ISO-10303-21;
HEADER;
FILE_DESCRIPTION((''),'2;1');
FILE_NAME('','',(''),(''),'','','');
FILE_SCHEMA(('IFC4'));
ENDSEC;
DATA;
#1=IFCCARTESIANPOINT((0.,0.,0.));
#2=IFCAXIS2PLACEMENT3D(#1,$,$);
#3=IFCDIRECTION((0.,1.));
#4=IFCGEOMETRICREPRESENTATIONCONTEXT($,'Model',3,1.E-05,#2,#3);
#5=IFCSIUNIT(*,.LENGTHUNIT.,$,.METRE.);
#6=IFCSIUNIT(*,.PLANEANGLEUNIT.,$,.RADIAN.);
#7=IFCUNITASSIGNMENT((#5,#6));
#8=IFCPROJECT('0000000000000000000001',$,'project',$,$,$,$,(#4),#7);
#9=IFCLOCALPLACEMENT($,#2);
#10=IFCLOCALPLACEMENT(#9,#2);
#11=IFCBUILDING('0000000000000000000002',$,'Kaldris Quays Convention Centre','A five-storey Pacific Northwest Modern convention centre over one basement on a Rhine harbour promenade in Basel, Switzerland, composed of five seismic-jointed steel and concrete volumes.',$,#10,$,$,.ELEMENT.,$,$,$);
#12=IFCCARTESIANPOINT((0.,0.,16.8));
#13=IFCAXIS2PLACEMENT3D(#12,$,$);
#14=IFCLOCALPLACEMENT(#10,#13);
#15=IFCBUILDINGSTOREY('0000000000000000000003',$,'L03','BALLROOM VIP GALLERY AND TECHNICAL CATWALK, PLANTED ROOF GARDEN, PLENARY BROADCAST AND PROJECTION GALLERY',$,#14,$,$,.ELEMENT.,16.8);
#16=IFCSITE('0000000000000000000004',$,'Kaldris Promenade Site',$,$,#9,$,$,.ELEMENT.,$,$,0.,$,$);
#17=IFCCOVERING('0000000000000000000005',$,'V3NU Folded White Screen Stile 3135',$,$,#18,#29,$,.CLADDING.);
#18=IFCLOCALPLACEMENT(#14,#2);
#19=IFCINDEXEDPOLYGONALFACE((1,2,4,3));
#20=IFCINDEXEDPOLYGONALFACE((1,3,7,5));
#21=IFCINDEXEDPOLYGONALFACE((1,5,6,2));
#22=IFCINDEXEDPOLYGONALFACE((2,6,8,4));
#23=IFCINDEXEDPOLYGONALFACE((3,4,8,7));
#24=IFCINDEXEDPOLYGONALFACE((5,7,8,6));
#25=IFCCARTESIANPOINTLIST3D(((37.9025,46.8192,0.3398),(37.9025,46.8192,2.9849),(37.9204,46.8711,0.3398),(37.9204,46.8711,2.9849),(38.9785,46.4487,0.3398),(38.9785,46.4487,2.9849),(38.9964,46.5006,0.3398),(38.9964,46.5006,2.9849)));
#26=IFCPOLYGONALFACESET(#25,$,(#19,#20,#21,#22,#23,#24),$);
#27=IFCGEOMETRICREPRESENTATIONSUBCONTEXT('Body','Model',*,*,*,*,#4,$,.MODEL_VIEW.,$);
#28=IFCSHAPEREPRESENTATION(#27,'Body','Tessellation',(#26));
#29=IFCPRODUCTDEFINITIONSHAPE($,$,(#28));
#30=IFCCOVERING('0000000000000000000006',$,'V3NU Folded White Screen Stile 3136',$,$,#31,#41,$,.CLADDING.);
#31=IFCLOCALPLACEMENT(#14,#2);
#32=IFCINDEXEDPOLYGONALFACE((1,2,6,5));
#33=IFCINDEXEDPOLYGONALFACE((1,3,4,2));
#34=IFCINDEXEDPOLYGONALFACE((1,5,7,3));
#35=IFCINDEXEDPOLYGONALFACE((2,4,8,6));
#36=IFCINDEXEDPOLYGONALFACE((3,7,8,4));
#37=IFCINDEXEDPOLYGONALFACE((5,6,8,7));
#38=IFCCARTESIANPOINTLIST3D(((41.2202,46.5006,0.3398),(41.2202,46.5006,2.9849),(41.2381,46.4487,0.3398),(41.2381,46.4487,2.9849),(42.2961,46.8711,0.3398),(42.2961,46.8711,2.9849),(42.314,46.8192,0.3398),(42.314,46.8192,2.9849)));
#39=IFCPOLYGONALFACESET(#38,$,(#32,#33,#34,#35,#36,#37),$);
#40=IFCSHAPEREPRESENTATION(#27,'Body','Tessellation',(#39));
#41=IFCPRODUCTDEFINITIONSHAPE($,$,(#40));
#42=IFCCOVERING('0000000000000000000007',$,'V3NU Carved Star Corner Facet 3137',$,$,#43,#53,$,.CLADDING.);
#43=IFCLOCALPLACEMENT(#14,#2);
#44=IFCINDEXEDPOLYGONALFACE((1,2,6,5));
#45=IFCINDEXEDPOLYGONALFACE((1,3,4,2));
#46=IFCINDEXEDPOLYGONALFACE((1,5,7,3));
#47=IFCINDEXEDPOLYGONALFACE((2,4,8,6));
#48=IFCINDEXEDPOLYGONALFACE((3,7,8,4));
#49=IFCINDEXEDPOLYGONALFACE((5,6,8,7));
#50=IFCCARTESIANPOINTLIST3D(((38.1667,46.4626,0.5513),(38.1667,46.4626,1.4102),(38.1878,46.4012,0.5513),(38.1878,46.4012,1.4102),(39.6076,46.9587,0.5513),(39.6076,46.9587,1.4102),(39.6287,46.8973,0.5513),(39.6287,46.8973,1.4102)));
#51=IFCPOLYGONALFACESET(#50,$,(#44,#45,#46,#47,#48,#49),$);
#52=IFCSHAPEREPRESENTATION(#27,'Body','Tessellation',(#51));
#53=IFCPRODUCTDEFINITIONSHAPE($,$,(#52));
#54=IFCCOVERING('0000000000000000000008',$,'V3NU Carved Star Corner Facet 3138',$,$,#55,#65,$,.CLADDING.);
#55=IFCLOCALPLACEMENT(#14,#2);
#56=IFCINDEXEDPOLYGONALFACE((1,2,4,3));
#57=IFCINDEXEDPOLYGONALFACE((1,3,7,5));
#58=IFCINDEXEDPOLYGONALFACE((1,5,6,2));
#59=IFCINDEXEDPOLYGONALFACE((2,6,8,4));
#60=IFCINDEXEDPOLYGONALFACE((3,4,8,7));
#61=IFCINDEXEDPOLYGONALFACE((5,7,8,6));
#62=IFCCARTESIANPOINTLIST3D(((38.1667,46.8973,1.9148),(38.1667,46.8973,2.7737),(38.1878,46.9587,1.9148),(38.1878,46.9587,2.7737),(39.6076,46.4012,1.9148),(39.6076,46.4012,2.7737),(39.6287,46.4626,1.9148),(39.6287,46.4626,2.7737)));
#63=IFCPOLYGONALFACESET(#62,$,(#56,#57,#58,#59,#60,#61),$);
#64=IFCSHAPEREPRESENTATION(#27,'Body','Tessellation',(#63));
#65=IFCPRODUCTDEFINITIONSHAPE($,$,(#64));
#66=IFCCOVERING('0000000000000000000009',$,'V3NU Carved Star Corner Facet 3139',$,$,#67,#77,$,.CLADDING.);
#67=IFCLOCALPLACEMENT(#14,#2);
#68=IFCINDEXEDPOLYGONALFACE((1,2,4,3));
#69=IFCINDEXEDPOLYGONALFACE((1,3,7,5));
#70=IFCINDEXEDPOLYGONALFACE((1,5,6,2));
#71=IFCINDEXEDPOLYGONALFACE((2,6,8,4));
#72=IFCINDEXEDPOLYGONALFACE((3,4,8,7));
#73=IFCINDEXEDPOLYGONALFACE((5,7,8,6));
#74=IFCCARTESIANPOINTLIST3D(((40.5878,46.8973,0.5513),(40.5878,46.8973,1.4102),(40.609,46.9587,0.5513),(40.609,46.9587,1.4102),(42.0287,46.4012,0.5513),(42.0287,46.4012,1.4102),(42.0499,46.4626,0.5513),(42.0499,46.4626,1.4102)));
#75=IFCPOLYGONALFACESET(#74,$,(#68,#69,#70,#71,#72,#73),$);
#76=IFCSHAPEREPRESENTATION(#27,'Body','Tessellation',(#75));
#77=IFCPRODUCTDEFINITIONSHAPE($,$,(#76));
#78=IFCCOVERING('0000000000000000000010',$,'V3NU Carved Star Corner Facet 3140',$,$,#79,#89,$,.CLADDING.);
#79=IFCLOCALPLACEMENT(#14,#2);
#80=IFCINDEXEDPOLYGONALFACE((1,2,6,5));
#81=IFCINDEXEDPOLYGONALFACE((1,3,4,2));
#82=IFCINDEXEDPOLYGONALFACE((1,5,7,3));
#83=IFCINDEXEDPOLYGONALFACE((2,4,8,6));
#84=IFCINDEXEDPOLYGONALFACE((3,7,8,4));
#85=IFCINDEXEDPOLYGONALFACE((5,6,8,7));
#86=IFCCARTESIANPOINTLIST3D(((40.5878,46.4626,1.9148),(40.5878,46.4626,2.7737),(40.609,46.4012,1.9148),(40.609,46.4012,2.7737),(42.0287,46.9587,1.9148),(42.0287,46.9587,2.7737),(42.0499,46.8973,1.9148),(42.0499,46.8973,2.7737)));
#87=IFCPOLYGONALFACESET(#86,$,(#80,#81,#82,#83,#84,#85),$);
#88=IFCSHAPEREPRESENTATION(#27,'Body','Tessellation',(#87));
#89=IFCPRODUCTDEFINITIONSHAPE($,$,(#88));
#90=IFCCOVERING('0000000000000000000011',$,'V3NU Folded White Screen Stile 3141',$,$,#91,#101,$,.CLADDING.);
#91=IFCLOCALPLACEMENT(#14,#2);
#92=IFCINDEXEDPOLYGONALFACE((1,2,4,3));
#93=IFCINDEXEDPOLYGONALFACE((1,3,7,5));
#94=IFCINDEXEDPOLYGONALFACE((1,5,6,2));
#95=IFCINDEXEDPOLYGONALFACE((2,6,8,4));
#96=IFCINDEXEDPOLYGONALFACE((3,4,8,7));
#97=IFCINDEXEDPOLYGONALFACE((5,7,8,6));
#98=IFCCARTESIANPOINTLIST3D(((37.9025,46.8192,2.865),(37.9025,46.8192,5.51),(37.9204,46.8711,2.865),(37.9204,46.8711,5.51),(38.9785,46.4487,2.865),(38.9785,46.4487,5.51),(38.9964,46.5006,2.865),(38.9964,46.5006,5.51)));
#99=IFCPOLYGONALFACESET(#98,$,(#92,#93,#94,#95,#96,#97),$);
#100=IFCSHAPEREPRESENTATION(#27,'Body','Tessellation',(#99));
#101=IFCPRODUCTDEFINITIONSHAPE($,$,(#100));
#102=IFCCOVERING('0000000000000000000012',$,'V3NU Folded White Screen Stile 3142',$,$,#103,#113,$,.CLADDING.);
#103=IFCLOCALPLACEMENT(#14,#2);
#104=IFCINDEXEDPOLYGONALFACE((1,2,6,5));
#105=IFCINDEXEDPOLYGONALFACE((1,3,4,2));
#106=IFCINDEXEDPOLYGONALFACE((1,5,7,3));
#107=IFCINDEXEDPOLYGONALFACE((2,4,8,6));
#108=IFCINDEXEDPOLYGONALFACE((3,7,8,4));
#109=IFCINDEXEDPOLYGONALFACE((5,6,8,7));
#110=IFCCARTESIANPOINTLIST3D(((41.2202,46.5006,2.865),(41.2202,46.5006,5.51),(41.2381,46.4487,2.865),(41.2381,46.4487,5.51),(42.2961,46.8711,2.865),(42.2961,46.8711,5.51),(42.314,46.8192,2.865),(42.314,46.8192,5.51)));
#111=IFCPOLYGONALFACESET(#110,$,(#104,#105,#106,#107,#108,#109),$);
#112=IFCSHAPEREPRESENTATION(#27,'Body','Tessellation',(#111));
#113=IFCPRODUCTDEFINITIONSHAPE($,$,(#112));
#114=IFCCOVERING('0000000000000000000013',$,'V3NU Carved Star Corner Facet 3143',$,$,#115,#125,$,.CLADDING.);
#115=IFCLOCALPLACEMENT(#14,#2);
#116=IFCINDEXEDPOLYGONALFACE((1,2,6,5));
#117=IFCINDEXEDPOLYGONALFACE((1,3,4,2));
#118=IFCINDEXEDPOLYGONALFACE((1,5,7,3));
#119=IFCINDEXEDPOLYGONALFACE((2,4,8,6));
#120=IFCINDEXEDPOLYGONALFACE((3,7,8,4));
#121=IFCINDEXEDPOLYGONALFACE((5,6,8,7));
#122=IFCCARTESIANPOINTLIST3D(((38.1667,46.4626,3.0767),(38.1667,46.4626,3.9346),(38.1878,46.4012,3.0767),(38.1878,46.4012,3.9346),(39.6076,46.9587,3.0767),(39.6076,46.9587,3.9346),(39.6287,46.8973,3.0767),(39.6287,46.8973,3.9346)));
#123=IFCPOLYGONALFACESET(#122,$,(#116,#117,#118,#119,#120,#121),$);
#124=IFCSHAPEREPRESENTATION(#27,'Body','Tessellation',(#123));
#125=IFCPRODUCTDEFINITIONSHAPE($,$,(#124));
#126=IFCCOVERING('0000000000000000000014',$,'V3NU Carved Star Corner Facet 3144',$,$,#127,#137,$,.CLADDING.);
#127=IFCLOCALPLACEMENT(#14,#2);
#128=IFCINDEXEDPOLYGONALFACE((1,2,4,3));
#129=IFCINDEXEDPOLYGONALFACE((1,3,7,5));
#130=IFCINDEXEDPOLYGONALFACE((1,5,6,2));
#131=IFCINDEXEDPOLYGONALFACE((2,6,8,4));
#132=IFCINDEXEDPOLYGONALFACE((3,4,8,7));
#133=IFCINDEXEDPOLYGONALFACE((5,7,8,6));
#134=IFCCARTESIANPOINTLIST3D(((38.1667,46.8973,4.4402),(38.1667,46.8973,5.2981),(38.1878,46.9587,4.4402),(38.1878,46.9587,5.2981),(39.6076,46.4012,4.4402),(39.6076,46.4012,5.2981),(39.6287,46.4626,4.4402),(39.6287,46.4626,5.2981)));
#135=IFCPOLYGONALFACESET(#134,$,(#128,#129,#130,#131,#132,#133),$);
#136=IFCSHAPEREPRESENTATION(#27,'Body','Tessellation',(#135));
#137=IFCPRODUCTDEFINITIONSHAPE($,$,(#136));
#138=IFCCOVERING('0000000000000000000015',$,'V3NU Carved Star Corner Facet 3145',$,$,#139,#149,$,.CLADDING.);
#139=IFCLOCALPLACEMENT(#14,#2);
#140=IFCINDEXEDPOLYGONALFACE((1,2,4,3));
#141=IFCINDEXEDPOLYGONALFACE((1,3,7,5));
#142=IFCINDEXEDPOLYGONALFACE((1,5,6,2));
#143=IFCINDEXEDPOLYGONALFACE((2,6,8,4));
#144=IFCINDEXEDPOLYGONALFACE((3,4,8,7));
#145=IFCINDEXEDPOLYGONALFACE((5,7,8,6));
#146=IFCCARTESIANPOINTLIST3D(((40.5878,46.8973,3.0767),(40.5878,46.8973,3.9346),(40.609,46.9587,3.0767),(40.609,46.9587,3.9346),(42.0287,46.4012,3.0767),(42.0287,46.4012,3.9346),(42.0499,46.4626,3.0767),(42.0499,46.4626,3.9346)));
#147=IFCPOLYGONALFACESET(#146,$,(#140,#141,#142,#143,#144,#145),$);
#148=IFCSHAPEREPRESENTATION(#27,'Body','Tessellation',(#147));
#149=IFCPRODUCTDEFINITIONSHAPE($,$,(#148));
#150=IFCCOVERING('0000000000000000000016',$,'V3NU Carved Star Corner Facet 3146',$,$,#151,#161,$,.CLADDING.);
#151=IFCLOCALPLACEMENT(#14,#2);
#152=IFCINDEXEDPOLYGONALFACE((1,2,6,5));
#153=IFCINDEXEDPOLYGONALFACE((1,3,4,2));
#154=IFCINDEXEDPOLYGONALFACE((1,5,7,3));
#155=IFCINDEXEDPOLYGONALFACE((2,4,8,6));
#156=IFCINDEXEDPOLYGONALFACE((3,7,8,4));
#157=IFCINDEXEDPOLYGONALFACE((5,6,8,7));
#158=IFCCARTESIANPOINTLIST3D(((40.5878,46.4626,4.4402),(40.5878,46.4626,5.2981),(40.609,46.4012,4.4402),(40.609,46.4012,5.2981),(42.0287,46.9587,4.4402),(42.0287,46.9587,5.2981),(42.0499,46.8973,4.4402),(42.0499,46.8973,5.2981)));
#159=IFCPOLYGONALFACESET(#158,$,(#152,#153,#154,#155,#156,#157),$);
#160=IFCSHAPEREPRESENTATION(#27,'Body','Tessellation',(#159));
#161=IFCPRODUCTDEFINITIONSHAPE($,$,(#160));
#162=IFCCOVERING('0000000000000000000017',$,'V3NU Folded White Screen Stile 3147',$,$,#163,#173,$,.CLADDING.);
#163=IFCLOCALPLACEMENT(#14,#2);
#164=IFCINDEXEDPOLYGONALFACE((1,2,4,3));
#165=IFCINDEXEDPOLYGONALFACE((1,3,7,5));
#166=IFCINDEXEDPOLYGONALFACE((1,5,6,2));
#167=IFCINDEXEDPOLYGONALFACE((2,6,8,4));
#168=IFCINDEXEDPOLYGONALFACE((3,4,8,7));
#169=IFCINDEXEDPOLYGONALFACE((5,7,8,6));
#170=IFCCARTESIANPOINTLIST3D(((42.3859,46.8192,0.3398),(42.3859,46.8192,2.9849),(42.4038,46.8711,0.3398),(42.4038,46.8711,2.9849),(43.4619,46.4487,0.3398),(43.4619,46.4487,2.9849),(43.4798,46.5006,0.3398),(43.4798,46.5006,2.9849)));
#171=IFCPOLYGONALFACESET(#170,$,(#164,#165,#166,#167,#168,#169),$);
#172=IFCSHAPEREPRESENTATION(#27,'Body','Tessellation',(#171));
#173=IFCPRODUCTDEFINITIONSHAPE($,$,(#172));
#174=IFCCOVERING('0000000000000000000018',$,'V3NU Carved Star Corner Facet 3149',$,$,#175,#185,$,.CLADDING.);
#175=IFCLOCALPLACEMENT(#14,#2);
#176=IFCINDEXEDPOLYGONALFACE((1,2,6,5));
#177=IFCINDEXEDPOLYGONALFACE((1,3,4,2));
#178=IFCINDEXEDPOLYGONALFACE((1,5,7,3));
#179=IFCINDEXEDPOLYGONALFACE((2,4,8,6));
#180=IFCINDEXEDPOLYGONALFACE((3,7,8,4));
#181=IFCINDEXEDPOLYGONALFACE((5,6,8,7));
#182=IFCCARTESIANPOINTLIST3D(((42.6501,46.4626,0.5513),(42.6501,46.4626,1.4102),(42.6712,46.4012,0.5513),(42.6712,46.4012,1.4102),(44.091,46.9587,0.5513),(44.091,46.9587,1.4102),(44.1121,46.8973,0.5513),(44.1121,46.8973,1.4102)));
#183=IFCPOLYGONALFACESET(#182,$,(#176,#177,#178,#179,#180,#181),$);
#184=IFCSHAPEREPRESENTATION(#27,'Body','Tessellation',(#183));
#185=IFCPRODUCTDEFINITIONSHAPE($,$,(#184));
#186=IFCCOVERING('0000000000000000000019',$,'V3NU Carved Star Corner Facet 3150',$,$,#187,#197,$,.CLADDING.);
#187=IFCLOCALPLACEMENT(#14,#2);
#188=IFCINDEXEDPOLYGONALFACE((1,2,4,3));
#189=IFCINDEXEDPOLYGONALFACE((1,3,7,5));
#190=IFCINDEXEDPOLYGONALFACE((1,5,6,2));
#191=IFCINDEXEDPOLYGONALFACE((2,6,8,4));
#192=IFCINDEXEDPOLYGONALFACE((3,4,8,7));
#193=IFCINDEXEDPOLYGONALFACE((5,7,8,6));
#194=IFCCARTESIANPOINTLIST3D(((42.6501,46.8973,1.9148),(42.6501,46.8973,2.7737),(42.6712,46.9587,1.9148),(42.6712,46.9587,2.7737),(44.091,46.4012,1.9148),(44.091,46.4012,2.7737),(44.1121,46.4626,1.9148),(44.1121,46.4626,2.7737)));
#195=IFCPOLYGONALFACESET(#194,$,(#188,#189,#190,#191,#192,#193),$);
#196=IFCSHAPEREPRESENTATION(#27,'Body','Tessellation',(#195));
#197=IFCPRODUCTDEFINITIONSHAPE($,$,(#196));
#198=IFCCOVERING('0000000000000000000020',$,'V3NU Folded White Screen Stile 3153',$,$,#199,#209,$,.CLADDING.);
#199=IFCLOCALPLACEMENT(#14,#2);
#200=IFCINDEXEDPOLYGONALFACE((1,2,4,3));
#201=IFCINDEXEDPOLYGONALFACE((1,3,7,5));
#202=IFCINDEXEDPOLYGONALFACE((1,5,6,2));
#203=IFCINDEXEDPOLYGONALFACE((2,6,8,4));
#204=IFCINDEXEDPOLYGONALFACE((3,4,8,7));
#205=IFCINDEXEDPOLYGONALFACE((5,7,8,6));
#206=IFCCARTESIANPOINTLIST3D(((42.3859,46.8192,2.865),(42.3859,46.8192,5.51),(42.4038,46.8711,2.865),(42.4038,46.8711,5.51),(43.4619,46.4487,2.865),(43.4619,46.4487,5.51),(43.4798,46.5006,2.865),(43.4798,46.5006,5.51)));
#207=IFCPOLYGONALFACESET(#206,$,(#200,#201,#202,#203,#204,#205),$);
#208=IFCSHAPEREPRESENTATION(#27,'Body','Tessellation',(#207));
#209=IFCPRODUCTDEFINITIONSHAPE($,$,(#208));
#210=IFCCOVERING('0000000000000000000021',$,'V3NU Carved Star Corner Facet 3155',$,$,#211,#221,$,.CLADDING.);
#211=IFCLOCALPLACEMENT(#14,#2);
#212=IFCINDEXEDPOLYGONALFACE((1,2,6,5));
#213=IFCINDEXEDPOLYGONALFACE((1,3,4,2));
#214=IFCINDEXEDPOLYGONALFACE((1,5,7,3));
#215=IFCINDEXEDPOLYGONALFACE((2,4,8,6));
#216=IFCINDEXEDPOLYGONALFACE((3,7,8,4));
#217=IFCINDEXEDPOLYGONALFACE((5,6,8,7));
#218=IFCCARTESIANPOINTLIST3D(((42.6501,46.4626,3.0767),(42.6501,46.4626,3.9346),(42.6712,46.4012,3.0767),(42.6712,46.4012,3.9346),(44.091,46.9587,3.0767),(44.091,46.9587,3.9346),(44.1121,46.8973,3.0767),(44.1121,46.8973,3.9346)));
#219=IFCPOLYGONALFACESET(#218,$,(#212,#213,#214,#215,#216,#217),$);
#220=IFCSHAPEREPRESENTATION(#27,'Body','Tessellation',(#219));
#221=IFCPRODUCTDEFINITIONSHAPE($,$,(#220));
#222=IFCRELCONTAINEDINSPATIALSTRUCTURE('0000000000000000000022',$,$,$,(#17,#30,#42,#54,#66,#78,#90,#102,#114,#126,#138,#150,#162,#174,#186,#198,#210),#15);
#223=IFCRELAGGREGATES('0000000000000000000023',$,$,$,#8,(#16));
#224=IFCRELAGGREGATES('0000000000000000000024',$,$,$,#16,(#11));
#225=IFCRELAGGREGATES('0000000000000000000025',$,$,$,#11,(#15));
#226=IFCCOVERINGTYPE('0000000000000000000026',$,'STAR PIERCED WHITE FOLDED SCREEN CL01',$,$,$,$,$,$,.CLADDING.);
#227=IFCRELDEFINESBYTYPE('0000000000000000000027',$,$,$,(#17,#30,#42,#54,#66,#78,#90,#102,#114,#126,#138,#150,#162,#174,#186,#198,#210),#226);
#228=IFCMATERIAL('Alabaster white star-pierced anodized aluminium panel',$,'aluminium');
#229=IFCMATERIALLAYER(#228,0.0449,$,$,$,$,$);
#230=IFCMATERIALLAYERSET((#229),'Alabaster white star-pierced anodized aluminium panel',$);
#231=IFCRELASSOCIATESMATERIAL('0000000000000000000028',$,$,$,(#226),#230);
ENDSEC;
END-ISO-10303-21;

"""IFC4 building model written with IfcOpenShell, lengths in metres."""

from ifc_helpers import new_model, si_unit, direction, frame, origin, origin_2d, place, context, subcontext, project, spatial, rectangle, extrude, material, layer, layer_set, type_object, element, save


model = new_model("IFC4")

# Units and contexts
model_context = context("Model", 3, precision=1e-05, world=origin(), true_north=direction((0.0, 1.0)))
body_context = subcontext(model_context, "Body", "Model", "MODEL_VIEW")
ifc_project = project(units=[si_unit("LENGTHUNIT", "METRE"), si_unit("PLANEANGLEUNIT", "RADIAN")], contexts=[model_context])

# Site, building, storey
site_placement = place(None, origin())
site = spatial("IfcSite", under=ifc_project, at=site_placement, Name="Kaldris Promenade Site", CompositionType="ELEMENT", RefElevation=0.0)
building_placement = place(site_placement, origin())
building = spatial("IfcBuilding", under=site, at=building_placement, Name="Kaldris Quays Convention Centre", Description="A five-storey Pacific Northwest Modern convention centre over one basement on a Rhine harbour promenade in Basel, Switzerland, composed of five seismic-jointed steel and concrete volumes.", CompositionType="ELEMENT")
storey_placement = place(building_placement, frame((0.0, 0.0, 16.8)))
storey = spatial("IfcBuildingStorey", under=building, at=storey_placement, Name="L03", Description="BALLROOM VIP GALLERY AND TECHNICAL CATWALK, PLANTED ROOF GARDEN, PLENARY BROADCAST AND PROJECTION GALLERY", CompositionType="ELEMENT", Elevation=16.8)

# Coverings
ifc_material_1 = material(Name="Alabaster white star-pierced anodized aluminium panel", Category="aluminium")
ifc_layer = layer(ifc_material_1, 0.0449)
ifc_layer_set = layer_set([ifc_layer], Name="Alabaster white star-pierced anodized aluminium panel")
covering_type = type_object("IfcCoveringType", Name="STAR PIERCED WHITE FOLDED SCREEN CL01", PredefinedType="CLADDING", material=ifc_layer_set)
for number, where, z_axis, x_axis, name in (
    (1, (38.4495, 46.6599, 0.3398), (0.0, 0.0, 1.0), (0.945519, -0.325568, 0.0), "V3NU Folded White Screen Stile 3135"),
    (2, (41.7671, 46.6599, 0.3398), (0.0, 0.0, 1.0), (0.945519, 0.325568, 0.0), "V3NU Folded White Screen Stile 3136"),
):
    element("IfcCovering", number, at=place(storey_placement, frame(where, z_axis=z_axis, x_axis=x_axis)), inside=storey, type_object=covering_type, Name=name, PredefinedType="CLADDING", context=body_context, shape_type="SweptSolid", body=[
        extrude(rectangle(XDim=1.1379, YDim=0.0549, at=origin_2d()), origin(), (0.0, 0.0, 1.0), 2.645),
    ])
for number, where, z_axis, x_axis, name in (
    (3, (38.8977, 46.6799, 0.5513), (0.0, 0.0, 1.0), (0.945519, 0.325568, 0.0), "V3NU Carved Star Corner Facet 3137"),
    (4, (38.8977, 46.6799, 1.9148), (0.0, 0.0, 1.0), (0.945519, -0.325568, 0.0), "V3NU Carved Star Corner Facet 3138"),
    (5, (41.3188, 46.6799, 0.5513), (0.0, 0.0, 1.0), (0.945519, -0.325568, 0.0), "V3NU Carved Star Corner Facet 3139"),
    (6, (41.3188, 46.6799, 1.9148), (0.0, 0.0, 1.0), (0.945519, 0.325568, 0.0), "V3NU Carved Star Corner Facet 3140"),
):
    element("IfcCovering", number, at=place(storey_placement, frame(where, z_axis=z_axis, x_axis=x_axis)), inside=storey, type_object=covering_type, Name=name, PredefinedType="CLADDING", context=body_context, shape_type="SweptSolid", body=[
        extrude(rectangle(XDim=1.5239, YDim=0.0649, at=origin_2d()), origin(), (0.0, 0.0, 1.0), 0.8589),
    ])
for number, where, z_axis, x_axis, name in (
    (7, (38.4495, 46.6599, 2.865), (0.0, 0.0, 1.0), (0.945519, -0.325568, 0.0), "V3NU Folded White Screen Stile 3141"),
    (8, (41.7671, 46.6599, 2.865), (0.0, 0.0, 1.0), (0.945519, 0.325568, 0.0), "V3NU Folded White Screen Stile 3142"),
):
    element("IfcCovering", number, at=place(storey_placement, frame(where, z_axis=z_axis, x_axis=x_axis)), inside=storey, type_object=covering_type, Name=name, PredefinedType="CLADDING", context=body_context, shape_type="SweptSolid", body=[
        extrude(rectangle(XDim=1.1379, YDim=0.0549, at=origin_2d()), origin(), (0.0, 0.0, 1.0), 2.645),
    ])
for number, where, z_axis, x_axis, name in (
    (9, (38.8977, 46.6799, 3.0767), (0.0, 0.0, 1.0), (0.945519, 0.325568, 0.0), "V3NU Carved Star Corner Facet 3143"),
    (10, (38.8977, 46.6799, 4.4402), (0.0, 0.0, 1.0), (0.945519, -0.325568, 0.0), "V3NU Carved Star Corner Facet 3144"),
    (11, (41.3188, 46.6799, 3.0767), (0.0, 0.0, 1.0), (0.945519, -0.325568, 0.0), "V3NU Carved Star Corner Facet 3145"),
    (12, (41.3188, 46.6799, 4.4402), (0.0, 0.0, 1.0), (0.945519, 0.325568, 0.0), "V3NU Carved Star Corner Facet 3146"),
):
    element("IfcCovering", number, at=place(storey_placement, frame(where, z_axis=z_axis, x_axis=x_axis)), inside=storey, type_object=covering_type, Name=name, PredefinedType="CLADDING", context=body_context, shape_type="SweptSolid", body=[
        extrude(rectangle(XDim=1.5239, YDim=0.0649, at=origin_2d()), origin(), (0.0, 0.0, 1.0), 0.8579),
    ])
covering_1_placement = place(storey_placement, frame((42.9329, 46.6599, 0.3398), z_axis=(0.0, 0.0, 1.0), x_axis=(0.945519, -0.325568, 0.0)))
element("IfcCovering", 13, at=covering_1_placement, inside=storey, type_object=covering_type, Name="V3NU Folded White Screen Stile 3147", PredefinedType="CLADDING", context=body_context, shape_type="SweptSolid", body=[
    extrude(rectangle(XDim=1.1379, YDim=0.0549, at=origin_2d()), origin(), (0.0, 0.0, 1.0), 2.645),
])
for number, where, z_axis, x_axis, name in (
    (14, (43.3811, 46.6799, 0.5513), (0.0, 0.0, 1.0), (0.945519, 0.325568, 0.0), "V3NU Carved Star Corner Facet 3149"),
    (15, (43.3811, 46.6799, 1.9148), (0.0, 0.0, 1.0), (0.945519, -0.325568, 0.0), "V3NU Carved Star Corner Facet 3150"),
):
    element("IfcCovering", number, at=place(storey_placement, frame(where, z_axis=z_axis, x_axis=x_axis)), inside=storey, type_object=covering_type, Name=name, PredefinedType="CLADDING", context=body_context, shape_type="SweptSolid", body=[
        extrude(rectangle(XDim=1.5239, YDim=0.0649, at=origin_2d()), origin(), (0.0, 0.0, 1.0), 0.8589),
    ])
covering_2_placement = place(storey_placement, frame((42.9329, 46.6599, 2.865), z_axis=(0.0, 0.0, 1.0), x_axis=(0.945519, -0.325568, 0.0)))
element("IfcCovering", 16, at=covering_2_placement, inside=storey, type_object=covering_type, Name="V3NU Folded White Screen Stile 3153", PredefinedType="CLADDING", context=body_context, shape_type="SweptSolid", body=[
    extrude(rectangle(XDim=1.1379, YDim=0.0549, at=origin_2d()), origin(), (0.0, 0.0, 1.0), 2.645),
])
for number, where, z_axis, x_axis, name in (
    (17, (43.3811, 46.6799, 3.0767), (0.0, 0.0, 1.0), (0.945519, 0.325568, 0.0), "V3NU Carved Star Corner Facet 3155"),
):
    element("IfcCovering", number, at=place(storey_placement, frame(where, z_axis=z_axis, x_axis=x_axis)), inside=storey, type_object=covering_type, Name=name, PredefinedType="CLADDING", context=body_context, shape_type="SweptSolid", body=[
        extrude(rectangle(XDim=1.5239, YDim=0.0649, at=origin_2d()), origin(), (0.0, 0.0, 1.0), 0.8579),
    ])

save(model, "model.ifc")
